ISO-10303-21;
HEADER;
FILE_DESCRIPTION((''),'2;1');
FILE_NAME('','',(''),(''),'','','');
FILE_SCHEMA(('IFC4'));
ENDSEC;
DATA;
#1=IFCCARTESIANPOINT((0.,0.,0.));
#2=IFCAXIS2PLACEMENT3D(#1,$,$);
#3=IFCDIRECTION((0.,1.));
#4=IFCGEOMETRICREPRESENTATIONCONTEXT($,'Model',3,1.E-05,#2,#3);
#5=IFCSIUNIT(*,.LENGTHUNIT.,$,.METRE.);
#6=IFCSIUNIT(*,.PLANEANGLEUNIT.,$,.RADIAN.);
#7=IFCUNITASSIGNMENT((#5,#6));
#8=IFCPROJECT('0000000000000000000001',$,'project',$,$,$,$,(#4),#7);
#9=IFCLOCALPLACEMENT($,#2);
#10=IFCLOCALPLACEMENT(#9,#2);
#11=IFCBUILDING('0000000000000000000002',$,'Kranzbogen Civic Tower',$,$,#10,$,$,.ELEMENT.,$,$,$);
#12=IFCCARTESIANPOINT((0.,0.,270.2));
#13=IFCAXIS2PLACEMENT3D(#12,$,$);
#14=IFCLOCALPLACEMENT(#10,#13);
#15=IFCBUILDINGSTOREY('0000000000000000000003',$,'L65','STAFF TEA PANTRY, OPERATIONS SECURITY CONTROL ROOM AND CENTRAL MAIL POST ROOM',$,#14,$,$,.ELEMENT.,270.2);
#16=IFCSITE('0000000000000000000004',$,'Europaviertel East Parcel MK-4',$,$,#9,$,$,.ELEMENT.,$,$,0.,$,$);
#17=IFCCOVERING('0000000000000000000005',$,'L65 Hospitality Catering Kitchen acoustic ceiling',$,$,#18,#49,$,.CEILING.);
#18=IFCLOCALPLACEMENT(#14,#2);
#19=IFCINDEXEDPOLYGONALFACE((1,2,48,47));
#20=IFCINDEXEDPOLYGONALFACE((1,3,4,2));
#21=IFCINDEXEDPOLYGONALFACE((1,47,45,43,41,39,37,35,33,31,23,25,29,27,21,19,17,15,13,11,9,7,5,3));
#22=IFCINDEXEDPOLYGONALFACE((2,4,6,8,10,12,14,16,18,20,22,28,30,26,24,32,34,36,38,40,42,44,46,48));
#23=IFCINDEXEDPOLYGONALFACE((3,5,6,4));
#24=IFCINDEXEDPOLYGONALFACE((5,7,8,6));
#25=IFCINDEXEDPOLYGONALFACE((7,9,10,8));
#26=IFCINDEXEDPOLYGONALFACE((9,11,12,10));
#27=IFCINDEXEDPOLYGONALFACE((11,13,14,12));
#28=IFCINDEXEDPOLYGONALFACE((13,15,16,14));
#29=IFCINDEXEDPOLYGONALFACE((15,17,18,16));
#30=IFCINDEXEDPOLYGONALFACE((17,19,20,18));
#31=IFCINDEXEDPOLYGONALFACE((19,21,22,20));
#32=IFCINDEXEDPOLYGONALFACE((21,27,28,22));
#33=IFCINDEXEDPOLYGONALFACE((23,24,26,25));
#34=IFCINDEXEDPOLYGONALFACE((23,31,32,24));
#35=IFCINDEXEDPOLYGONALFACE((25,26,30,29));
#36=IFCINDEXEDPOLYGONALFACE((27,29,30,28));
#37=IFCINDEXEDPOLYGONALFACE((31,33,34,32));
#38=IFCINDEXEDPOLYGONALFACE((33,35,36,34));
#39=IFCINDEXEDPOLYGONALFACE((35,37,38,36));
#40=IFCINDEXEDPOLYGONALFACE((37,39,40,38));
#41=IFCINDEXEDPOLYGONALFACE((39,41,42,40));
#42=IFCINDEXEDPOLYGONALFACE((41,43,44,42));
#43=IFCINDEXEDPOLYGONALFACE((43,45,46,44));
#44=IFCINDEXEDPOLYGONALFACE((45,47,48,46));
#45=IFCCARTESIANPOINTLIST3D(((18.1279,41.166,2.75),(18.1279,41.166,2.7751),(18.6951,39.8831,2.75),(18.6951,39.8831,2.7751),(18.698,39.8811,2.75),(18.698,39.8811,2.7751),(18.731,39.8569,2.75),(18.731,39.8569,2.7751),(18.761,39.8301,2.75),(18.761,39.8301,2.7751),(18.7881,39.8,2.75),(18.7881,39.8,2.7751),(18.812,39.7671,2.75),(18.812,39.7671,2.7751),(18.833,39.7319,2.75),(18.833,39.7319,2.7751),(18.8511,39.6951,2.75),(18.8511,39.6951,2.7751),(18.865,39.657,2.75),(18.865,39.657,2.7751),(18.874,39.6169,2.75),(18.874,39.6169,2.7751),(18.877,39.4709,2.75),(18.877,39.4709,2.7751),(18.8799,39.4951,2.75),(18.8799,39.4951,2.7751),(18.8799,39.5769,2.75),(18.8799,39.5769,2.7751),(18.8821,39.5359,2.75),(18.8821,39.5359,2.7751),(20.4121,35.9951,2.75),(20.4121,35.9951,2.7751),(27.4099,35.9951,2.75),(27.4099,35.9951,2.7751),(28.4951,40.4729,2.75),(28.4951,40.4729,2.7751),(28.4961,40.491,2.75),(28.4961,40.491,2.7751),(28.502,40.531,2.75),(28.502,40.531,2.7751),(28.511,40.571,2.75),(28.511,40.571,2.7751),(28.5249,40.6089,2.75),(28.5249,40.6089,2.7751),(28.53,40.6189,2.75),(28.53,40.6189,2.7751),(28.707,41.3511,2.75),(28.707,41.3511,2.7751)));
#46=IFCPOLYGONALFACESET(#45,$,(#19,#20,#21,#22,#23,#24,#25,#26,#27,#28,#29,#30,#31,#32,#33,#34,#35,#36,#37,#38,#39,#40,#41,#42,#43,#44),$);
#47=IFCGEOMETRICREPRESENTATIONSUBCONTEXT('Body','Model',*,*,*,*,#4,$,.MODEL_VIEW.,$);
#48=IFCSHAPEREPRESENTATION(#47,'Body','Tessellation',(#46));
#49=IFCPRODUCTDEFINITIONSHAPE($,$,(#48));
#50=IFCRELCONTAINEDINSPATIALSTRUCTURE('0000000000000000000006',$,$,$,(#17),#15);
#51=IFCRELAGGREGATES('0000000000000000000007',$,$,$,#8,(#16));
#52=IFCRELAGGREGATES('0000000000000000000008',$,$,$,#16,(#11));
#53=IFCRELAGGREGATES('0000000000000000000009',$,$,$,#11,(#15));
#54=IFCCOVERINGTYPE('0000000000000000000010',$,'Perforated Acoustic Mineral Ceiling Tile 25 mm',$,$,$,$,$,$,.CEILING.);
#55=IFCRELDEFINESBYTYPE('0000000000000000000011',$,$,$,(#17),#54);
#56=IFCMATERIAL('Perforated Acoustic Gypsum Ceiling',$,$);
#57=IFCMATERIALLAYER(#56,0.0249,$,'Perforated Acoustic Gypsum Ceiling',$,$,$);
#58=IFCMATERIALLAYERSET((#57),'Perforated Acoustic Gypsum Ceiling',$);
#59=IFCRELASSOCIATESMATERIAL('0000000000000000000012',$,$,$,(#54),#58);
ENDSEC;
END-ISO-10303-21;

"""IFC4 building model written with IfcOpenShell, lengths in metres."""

from ifc_helpers import new_model, si_unit, direction, frame, origin, place, context, subcontext, project, spatial, polyline, outline, extrude, material, layer, layer_set, type_object, element, save


model = new_model("IFC4")

# Units and contexts
model_context = context("Model", 3, precision=1e-05, world=origin(), true_north=direction((0.0, 1.0)))
body_context = subcontext(model_context, "Body", "Model", "MODEL_VIEW")
ifc_project = project(units=[si_unit("LENGTHUNIT", "METRE"), si_unit("PLANEANGLEUNIT", "RADIAN")], contexts=[model_context])

# Site, building, storey
site_placement = place(None, origin())
site = spatial("IfcSite", under=ifc_project, at=site_placement, Name="Europaviertel East Parcel MK-4", CompositionType="ELEMENT", RefElevation=0.0)
building_placement = place(site_placement, origin())
building = spatial("IfcBuilding", under=site, at=building_placement, Name="Kranzbogen Civic Tower", CompositionType="ELEMENT")
storey_placement = place(building_placement, frame((0.0, 0.0, 270.2)))
storey = spatial("IfcBuildingStorey", under=building, at=storey_placement, Name="L65", Description="STAFF TEA PANTRY, OPERATIONS SECURITY CONTROL ROOM AND CENTRAL MAIL POST ROOM", CompositionType="ELEMENT", Elevation=270.2)

# Covering
ifc_material_1 = material(Name="Perforated Acoustic Gypsum Ceiling")
ifc_layer_1 = layer(ifc_material_1, 0.0249, Name="Perforated Acoustic Gypsum Ceiling")
ifc_layer_set_1 = layer_set([ifc_layer_1], Name="Perforated Acoustic Gypsum Ceiling")
covering_type_1 = type_object("IfcCoveringType", Name="Perforated Acoustic Mineral Ceiling Tile 25 mm", PredefinedType="CEILING", material=ifc_layer_set_1)
covering_1_placement = place(storey_placement, frame((0.0, 0.0, 2.75)))
element("IfcCovering", 1, at=covering_1_placement, inside=storey, type_object=covering_type_1, Name="L65 Hospitality Catering Kitchen acoustic ceiling", PredefinedType="CEILING", context=body_context, shape_type="SweptSolid", body=[
    extrude(outline(polyline([(18.877, 39.4709), (18.8799, 39.4951), (18.8821, 39.5359), (18.8799, 39.5769), (18.874, 39.6169), (18.865, 39.657), (18.8511, 39.6951), (18.833, 39.7319), (18.812, 39.7671), (18.7881, 39.8), (18.761, 39.8301), (18.731, 39.8569), (18.698, 39.8811), (18.6951, 39.8831), (18.1279, 41.166), (28.707, 41.3511), (28.53, 40.6189), (28.5249, 40.6089), (28.511, 40.571), (28.502, 40.531), (28.4961, 40.491), (28.4951, 40.4729), (27.4099, 35.9951), (20.4121, 35.9951), (18.877, 39.4709)])), origin(), (0.0, 0.0, 1.0), 0.0251),
])

save(model, "model.ifc")
